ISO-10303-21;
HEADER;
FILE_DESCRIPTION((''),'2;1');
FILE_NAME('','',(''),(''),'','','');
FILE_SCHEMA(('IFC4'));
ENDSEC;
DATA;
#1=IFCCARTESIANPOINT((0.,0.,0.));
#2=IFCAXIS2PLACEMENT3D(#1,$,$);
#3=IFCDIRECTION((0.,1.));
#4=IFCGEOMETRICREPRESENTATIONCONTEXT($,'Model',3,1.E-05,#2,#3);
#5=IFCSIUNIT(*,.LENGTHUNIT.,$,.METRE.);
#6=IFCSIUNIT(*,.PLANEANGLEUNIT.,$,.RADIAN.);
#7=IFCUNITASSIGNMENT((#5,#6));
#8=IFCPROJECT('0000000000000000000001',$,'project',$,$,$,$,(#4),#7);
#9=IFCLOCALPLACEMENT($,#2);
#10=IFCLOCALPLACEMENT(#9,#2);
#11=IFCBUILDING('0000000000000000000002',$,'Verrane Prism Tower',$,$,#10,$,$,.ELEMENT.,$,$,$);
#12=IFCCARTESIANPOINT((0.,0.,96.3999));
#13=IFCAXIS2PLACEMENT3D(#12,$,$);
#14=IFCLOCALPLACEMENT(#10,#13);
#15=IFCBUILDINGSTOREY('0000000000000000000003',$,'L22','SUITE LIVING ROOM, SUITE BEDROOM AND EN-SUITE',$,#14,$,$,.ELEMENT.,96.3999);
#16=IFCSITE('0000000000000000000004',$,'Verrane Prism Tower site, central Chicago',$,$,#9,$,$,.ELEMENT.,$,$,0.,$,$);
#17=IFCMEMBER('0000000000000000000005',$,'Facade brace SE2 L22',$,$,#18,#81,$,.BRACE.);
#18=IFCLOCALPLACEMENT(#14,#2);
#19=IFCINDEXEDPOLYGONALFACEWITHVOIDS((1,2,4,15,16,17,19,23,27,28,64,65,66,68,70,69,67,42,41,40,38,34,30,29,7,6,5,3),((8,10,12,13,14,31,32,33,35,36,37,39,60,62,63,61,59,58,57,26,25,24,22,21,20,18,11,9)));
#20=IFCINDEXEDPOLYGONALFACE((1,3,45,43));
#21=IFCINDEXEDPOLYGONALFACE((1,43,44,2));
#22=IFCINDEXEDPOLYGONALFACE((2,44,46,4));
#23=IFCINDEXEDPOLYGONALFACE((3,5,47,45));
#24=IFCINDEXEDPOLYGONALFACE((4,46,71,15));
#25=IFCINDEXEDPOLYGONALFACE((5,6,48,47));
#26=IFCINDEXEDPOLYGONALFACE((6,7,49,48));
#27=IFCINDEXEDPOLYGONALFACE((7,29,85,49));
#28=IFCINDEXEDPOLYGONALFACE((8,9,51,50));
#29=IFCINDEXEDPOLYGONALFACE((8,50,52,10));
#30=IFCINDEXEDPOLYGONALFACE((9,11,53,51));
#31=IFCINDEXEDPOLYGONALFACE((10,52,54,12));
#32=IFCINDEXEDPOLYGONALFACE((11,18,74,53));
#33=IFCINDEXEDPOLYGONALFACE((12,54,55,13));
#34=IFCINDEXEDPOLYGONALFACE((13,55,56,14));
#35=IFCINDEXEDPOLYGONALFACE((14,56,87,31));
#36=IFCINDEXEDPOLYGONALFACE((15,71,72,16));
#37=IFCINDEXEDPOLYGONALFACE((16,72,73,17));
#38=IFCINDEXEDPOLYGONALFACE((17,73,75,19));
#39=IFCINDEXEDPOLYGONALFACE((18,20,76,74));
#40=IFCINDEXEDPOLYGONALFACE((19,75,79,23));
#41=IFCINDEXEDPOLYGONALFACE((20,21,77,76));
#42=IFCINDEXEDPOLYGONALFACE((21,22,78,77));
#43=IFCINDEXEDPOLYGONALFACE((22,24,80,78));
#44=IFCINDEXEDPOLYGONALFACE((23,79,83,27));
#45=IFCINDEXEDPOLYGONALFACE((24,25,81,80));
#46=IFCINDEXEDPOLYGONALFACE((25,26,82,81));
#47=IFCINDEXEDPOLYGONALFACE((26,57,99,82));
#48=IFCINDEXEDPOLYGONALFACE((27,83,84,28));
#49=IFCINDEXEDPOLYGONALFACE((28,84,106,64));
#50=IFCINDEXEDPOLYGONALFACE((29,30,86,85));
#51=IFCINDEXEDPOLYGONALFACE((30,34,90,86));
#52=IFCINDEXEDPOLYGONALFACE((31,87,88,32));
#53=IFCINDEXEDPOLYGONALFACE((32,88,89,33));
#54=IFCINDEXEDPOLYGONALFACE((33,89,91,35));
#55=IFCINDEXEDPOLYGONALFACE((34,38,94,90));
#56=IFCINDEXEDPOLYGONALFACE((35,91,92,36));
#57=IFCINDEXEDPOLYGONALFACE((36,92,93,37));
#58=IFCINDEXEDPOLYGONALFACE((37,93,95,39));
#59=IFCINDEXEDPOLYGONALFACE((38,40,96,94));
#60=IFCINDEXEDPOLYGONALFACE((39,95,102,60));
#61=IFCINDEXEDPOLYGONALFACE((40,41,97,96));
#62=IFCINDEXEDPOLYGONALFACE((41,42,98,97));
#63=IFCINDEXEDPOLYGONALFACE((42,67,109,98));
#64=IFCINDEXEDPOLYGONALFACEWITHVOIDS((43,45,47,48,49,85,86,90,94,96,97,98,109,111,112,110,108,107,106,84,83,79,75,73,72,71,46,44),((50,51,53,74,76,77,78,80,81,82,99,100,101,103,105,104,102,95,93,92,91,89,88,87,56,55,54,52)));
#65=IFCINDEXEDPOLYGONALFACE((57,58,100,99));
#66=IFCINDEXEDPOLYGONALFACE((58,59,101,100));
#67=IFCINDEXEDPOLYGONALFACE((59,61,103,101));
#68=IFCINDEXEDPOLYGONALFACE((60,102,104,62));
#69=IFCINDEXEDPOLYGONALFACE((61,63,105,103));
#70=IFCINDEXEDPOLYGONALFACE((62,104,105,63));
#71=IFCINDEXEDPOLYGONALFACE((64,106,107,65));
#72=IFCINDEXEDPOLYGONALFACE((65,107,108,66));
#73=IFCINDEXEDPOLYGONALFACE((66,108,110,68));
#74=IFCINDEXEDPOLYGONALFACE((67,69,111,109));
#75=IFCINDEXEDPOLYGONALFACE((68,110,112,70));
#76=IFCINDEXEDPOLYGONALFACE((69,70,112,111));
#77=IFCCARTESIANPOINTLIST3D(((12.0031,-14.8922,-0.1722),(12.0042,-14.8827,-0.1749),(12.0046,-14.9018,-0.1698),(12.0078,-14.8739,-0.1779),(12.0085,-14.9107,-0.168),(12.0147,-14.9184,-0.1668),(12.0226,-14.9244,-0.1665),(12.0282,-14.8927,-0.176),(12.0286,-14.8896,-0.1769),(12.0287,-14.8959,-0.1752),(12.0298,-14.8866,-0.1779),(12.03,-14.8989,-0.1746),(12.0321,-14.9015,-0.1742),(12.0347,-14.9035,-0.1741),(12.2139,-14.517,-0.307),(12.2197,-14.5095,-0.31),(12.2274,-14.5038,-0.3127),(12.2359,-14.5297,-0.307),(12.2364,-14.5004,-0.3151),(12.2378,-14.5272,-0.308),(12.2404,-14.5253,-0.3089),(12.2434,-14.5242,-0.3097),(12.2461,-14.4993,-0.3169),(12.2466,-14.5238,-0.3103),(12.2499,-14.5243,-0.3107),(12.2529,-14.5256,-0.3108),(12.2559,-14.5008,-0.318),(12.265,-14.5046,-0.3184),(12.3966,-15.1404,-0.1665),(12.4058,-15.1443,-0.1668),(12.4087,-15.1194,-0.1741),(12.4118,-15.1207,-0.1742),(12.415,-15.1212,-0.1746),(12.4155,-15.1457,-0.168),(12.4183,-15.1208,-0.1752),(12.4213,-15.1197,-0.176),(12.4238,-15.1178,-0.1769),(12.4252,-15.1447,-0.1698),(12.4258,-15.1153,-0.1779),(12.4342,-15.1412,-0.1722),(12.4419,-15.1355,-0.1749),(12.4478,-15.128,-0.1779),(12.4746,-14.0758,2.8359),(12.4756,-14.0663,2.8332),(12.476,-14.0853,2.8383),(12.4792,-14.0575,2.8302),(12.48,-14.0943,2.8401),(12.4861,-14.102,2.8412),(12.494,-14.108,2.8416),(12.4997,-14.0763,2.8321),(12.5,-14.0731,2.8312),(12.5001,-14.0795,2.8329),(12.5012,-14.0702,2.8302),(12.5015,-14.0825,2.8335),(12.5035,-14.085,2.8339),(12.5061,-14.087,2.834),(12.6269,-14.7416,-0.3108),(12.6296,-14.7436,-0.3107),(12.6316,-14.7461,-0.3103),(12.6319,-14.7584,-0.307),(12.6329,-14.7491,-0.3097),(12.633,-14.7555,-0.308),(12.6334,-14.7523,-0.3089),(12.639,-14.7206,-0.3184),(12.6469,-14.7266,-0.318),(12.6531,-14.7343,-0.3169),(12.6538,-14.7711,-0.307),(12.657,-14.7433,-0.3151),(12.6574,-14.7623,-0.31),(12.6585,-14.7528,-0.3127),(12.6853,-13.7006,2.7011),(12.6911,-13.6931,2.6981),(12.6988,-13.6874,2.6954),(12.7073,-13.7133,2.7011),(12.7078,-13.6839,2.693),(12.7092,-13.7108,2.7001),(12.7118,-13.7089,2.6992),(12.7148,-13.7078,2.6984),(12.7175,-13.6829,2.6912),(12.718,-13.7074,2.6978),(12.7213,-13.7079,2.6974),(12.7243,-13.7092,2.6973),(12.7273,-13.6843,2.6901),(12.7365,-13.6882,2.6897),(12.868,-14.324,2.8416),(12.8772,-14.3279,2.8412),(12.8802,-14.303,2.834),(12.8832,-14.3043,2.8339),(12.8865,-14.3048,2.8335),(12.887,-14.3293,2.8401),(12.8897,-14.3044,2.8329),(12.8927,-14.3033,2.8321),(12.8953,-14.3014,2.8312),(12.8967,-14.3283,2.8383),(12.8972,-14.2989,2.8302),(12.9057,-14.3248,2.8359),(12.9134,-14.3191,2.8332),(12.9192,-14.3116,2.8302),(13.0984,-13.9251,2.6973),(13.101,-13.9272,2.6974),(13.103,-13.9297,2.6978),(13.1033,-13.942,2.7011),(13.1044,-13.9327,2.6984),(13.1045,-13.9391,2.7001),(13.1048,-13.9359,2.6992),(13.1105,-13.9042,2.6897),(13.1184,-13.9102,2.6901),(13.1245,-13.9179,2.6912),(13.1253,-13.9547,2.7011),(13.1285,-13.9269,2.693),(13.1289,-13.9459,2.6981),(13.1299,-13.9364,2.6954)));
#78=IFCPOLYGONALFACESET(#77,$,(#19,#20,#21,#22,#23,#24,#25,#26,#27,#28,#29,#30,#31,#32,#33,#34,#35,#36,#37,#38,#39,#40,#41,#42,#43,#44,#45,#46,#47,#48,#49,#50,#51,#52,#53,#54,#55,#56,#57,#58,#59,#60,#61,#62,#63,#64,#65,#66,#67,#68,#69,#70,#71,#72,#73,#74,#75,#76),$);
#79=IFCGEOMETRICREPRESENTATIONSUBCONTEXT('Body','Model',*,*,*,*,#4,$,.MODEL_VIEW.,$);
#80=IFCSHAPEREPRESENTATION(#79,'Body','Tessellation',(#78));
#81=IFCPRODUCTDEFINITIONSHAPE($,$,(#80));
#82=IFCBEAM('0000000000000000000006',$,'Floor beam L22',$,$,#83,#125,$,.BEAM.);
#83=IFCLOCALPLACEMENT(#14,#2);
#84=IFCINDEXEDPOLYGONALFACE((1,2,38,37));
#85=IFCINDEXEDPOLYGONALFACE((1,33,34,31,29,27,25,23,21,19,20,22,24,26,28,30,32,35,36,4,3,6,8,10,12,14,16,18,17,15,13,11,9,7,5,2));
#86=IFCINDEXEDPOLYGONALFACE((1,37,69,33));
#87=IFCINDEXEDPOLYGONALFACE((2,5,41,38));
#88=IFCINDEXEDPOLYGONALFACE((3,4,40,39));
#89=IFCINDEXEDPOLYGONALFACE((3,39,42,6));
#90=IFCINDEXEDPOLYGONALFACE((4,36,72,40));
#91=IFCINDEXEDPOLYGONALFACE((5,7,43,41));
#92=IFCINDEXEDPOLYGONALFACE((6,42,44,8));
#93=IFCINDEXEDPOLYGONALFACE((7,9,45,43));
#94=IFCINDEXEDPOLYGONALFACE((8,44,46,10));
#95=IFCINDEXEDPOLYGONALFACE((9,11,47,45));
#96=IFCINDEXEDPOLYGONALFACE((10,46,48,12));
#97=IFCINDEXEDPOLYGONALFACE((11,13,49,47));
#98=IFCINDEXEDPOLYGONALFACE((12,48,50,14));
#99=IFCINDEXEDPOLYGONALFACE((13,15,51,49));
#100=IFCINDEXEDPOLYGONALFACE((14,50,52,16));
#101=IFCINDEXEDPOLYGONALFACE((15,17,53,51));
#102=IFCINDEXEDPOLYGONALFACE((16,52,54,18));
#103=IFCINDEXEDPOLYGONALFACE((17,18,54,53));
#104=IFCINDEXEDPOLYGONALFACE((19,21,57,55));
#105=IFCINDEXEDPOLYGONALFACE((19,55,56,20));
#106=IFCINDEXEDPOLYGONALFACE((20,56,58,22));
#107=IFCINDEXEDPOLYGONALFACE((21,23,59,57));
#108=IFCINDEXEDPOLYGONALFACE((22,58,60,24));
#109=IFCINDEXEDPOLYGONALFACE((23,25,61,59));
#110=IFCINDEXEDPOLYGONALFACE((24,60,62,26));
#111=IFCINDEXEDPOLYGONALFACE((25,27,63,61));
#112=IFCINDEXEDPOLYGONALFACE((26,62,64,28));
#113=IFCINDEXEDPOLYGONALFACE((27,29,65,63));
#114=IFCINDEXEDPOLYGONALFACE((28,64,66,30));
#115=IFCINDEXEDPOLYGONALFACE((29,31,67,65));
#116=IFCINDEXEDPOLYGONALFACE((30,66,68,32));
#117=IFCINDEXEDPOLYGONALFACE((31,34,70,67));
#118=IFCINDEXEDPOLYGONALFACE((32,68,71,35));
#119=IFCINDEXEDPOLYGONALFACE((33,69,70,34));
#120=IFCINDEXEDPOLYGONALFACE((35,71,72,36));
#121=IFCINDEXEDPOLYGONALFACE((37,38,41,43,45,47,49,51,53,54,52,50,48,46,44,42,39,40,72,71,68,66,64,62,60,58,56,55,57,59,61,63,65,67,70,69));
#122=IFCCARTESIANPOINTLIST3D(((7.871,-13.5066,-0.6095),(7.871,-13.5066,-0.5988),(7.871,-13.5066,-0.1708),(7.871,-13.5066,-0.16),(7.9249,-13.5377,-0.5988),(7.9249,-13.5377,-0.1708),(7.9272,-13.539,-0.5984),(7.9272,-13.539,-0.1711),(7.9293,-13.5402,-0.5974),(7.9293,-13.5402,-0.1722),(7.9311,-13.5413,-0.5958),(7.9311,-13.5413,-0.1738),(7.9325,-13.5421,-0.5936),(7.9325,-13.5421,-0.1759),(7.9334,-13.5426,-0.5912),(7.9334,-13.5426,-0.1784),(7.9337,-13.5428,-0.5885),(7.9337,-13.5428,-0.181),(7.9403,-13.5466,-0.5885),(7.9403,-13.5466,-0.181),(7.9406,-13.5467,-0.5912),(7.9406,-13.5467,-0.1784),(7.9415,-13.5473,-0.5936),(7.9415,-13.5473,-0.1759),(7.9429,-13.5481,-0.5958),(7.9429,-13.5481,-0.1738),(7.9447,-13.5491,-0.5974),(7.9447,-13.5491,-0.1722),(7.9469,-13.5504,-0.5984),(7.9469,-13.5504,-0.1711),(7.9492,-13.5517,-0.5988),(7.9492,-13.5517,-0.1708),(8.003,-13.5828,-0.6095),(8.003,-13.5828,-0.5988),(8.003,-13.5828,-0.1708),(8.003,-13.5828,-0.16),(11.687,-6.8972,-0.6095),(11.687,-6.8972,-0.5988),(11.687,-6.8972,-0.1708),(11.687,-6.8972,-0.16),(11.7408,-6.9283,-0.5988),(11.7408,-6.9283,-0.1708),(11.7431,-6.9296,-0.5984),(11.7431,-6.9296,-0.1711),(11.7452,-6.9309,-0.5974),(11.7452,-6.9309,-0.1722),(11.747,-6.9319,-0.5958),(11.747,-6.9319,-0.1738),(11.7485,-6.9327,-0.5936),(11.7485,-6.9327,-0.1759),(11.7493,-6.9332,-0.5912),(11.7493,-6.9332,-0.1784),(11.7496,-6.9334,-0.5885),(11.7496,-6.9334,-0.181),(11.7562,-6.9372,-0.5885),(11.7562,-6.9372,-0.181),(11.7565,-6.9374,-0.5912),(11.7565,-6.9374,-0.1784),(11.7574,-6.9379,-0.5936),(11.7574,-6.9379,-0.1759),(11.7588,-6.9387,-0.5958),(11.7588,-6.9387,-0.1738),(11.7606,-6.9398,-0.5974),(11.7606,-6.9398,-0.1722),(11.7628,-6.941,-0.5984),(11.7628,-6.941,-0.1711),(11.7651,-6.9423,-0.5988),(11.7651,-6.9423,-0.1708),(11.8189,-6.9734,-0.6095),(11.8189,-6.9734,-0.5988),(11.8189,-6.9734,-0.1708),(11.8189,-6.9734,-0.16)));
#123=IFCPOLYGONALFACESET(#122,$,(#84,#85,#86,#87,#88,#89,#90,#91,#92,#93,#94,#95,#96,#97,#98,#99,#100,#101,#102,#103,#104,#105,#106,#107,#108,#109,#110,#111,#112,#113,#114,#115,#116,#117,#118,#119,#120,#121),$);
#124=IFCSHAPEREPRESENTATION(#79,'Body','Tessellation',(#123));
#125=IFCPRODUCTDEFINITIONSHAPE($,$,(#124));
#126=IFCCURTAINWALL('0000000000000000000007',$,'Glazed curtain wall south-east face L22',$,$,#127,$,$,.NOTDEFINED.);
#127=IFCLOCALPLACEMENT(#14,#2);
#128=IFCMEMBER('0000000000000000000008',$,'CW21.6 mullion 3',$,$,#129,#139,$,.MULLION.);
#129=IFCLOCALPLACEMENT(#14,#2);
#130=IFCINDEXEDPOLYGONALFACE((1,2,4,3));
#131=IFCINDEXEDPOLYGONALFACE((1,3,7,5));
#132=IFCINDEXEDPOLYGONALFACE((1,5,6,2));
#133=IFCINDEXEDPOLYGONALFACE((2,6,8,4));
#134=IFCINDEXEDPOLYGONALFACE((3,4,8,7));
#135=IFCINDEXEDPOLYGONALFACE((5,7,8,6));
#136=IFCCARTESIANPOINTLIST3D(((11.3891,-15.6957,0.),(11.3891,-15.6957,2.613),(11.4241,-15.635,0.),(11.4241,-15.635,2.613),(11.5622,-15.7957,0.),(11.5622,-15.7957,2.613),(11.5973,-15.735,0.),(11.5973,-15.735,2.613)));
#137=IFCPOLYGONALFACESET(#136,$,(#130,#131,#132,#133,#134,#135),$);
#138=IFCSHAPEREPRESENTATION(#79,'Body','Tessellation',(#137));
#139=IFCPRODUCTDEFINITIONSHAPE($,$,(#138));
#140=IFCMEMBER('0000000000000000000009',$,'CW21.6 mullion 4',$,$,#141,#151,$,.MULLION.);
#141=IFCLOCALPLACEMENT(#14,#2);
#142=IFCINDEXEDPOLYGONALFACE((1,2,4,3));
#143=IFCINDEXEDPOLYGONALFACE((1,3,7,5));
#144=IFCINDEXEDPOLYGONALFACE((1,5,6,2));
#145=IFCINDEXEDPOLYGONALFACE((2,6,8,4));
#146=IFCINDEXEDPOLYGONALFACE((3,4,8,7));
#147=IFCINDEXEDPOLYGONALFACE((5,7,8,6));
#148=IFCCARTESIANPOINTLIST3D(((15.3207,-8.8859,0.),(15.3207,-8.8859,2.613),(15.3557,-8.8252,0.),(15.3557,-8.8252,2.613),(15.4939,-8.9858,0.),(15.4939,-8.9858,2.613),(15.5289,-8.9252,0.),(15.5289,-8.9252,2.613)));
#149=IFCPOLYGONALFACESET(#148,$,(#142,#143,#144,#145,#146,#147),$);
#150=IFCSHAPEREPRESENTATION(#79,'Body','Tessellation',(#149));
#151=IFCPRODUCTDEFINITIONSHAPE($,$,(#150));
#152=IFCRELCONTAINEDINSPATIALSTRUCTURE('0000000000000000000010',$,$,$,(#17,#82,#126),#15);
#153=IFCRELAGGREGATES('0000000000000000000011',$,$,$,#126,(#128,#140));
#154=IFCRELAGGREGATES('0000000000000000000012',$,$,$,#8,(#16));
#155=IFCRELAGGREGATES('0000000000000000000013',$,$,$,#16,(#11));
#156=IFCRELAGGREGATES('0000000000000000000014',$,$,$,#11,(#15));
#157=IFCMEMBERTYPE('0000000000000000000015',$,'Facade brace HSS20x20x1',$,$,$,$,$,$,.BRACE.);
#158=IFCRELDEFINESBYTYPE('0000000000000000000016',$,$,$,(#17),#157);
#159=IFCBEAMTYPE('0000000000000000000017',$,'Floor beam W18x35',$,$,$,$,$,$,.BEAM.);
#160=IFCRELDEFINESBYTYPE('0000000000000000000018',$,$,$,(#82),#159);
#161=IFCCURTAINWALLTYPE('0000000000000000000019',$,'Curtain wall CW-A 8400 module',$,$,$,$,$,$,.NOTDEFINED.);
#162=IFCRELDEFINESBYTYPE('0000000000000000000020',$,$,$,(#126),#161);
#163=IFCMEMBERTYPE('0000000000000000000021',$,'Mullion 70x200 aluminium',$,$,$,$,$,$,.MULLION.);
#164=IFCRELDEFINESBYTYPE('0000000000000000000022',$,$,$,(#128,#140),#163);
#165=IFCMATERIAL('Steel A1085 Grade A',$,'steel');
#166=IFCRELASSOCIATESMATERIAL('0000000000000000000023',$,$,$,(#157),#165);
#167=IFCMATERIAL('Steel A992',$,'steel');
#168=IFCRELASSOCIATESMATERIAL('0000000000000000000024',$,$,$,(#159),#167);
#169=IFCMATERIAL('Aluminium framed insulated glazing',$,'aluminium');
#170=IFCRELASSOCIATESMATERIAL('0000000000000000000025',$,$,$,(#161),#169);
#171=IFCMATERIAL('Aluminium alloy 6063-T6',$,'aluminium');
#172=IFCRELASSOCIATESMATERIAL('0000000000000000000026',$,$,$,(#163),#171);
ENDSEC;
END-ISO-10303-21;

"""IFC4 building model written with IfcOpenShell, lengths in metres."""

from ifc_helpers import new_model, si_unit, direction, frame, origin, origin_2d, place, context, subcontext, project, spatial, rectangle, hollow_rectangle, i_section, extrude, material, material_profile, profile_set, type_object, element, aggregate, save


model = new_model("IFC4")

# Units and contexts
model_context = context("Model", 3, precision=1e-05, world=origin(), true_north=direction((0.0, 1.0)))
body_context = subcontext(model_context, "Body", "Model", "MODEL_VIEW")
ifc_project = project(units=[si_unit("LENGTHUNIT", "METRE"), si_unit("PLANEANGLEUNIT", "RADIAN")], contexts=[model_context])

# Site, building, storey
site_placement = place(None, origin())
site = spatial("IfcSite", under=ifc_project, at=site_placement, Name="Verrane Prism Tower site, central Chicago", CompositionType="ELEMENT", RefElevation=0.0)
building_placement = place(site_placement, origin())
building = spatial("IfcBuilding", under=site, at=building_placement, Name="Verrane Prism Tower", CompositionType="ELEMENT")
storey_placement = place(building_placement, frame((0.0, 0.0, 96.3999)))
storey = spatial("IfcBuildingStorey", under=building, at=storey_placement, Name="L22", Description="SUITE LIVING ROOM, SUITE BEDROOM AND EN-SUITE", CompositionType="ELEMENT", Elevation=96.3999)

# Member
ifc_material_1 = material(Name="Steel A1085 Grade A", Category="steel")
ifc_material_profile_1 = material_profile(ifc_material_1, hollow_rectangle(XDim=0.5081, YDim=0.5081, WallThickness=0.0254, InnerFilletRadius=0.0127, OuterFilletRadius=0.0381, at=origin_2d()), Name="HSS20x20x1")
ifc_profile_set_1 = profile_set([ifc_material_profile_1], Name="Steel A1085 Grade A")
member_type_1 = type_object("IfcMemberType", Name="Facade brace HSS20x20x1", PredefinedType="BRACE", material=ifc_profile_set_1)
member_1_placement = place(storey_placement, frame((12.3308, -14.8225, -0.2424), z_axis=(0.149552, 0.258985, 0.954233), x_axis=(-0.865987, 0.500066, 0.0)))
element("IfcMember", 1, at=member_1_placement, inside=storey, type_object=member_type_1, Name="Facade brace SE2 L22", PredefinedType="BRACE", context=body_context, shape_type="SweptSolid", body=[
    extrude(hollow_rectangle(XDim=0.5081, YDim=0.5081, WallThickness=0.0254, InnerFilletRadius=0.0127, OuterFilletRadius=0.0381, at=origin_2d()), origin(), (0.0, 0.0, 1.0), 3.1523),
])

# Beam
ifc_material_2 = material(Name="Steel A992", Category="steel")
ifc_material_profile_2 = material_profile(ifc_material_2, i_section(OverallWidth=0.1523, OverallDepth=0.4495, WebThickness=0.0076, FlangeThickness=0.0107, FilletRadius=0.0103, at=origin_2d()), Name="W18x35")
ifc_profile_set_2 = profile_set([ifc_material_profile_2], Name="Steel A992")
beam_type_1 = type_object("IfcBeamType", Name="Floor beam W18x35", PredefinedType="BEAM", material=ifc_profile_set_2)
beam_1_placement = place(storey_placement, frame((7.937, -13.5447, -0.3848), z_axis=(0.499999, 0.866026, 0.0), x_axis=(-0.866026, 0.499999, 0.0)))
element("IfcBeam", 2, at=beam_1_placement, inside=storey, type_object=beam_type_1, Name="Floor beam L22", PredefinedType="BEAM", context=body_context, shape_type="SweptSolid", body=[
    extrude(i_section(OverallWidth=0.1523, OverallDepth=0.4495, WebThickness=0.0076, FlangeThickness=0.0107, FilletRadius=0.0103, at=origin_2d()), origin(), (0.0, 0.0, 1.0), 7.6318),
])

# Curtain wall, members
ifc_material_3 = material(Name="Aluminium framed insulated glazing", Category="aluminium")
curtain_wall_type = type_object("IfcCurtainWallType", Name="Curtain wall CW-A 8400 module", PredefinedType="NOTDEFINED", material=ifc_material_3)
curtain_wall_placement = place(storey_placement, origin())
curtain_wall = element("IfcCurtainWall", 3, at=curtain_wall_placement, inside=storey, type_object=curtain_wall_type, Name="Glazed curtain wall south-east face L22", PredefinedType="NOTDEFINED")
ifc_material_4 = material(Name="Aluminium alloy 6063-T6", Category="aluminium")
ifc_material_profile_3 = material_profile(ifc_material_4, rectangle(XDim=0.2, YDim=0.0701, at=origin_2d()), Name="Mullion 70x200 aluminium")
ifc_profile_set_3 = profile_set([ifc_material_profile_3], Name="Aluminium alloy 6063-T6")
member_type_2 = type_object("IfcMemberType", Name="Mullion 70x200 aluminium", PredefinedType="MULLION", material=ifc_profile_set_3)
member_2_placement = place(storey_placement, frame((11.4932, -15.7153, 0.0), z_axis=(0.0, 0.0, 1.0), x_axis=(-0.866026, 0.5, 0.0)))
member_2 = element("IfcMember", 4, at=member_2_placement, type_object=member_type_2, Name="CW21.6 mullion 3", PredefinedType="MULLION", context=body_context, shape_type="SweptSolid", body=[
    extrude(rectangle(XDim=0.2, YDim=0.0701, at=origin_2d()), origin(), (0.0, 0.0, 1.0), 2.613),
])
member_3_placement = place(storey_placement, frame((15.4248, -8.9055, 0.0), z_axis=(0.0, 0.0, 1.0), x_axis=(-0.866026, 0.5, 0.0)))
member_3 = element("IfcMember", 5, at=member_3_placement, type_object=member_type_2, Name="CW21.6 mullion 4", PredefinedType="MULLION", context=body_context, shape_type="SweptSolid", body=[
    extrude(rectangle(XDim=0.2, YDim=0.0701, at=origin_2d()), origin(), (0.0, 0.0, 1.0), 2.613),
])

aggregate(curtain_wall, [member_2, member_3])

save(model, "model.ifc")
